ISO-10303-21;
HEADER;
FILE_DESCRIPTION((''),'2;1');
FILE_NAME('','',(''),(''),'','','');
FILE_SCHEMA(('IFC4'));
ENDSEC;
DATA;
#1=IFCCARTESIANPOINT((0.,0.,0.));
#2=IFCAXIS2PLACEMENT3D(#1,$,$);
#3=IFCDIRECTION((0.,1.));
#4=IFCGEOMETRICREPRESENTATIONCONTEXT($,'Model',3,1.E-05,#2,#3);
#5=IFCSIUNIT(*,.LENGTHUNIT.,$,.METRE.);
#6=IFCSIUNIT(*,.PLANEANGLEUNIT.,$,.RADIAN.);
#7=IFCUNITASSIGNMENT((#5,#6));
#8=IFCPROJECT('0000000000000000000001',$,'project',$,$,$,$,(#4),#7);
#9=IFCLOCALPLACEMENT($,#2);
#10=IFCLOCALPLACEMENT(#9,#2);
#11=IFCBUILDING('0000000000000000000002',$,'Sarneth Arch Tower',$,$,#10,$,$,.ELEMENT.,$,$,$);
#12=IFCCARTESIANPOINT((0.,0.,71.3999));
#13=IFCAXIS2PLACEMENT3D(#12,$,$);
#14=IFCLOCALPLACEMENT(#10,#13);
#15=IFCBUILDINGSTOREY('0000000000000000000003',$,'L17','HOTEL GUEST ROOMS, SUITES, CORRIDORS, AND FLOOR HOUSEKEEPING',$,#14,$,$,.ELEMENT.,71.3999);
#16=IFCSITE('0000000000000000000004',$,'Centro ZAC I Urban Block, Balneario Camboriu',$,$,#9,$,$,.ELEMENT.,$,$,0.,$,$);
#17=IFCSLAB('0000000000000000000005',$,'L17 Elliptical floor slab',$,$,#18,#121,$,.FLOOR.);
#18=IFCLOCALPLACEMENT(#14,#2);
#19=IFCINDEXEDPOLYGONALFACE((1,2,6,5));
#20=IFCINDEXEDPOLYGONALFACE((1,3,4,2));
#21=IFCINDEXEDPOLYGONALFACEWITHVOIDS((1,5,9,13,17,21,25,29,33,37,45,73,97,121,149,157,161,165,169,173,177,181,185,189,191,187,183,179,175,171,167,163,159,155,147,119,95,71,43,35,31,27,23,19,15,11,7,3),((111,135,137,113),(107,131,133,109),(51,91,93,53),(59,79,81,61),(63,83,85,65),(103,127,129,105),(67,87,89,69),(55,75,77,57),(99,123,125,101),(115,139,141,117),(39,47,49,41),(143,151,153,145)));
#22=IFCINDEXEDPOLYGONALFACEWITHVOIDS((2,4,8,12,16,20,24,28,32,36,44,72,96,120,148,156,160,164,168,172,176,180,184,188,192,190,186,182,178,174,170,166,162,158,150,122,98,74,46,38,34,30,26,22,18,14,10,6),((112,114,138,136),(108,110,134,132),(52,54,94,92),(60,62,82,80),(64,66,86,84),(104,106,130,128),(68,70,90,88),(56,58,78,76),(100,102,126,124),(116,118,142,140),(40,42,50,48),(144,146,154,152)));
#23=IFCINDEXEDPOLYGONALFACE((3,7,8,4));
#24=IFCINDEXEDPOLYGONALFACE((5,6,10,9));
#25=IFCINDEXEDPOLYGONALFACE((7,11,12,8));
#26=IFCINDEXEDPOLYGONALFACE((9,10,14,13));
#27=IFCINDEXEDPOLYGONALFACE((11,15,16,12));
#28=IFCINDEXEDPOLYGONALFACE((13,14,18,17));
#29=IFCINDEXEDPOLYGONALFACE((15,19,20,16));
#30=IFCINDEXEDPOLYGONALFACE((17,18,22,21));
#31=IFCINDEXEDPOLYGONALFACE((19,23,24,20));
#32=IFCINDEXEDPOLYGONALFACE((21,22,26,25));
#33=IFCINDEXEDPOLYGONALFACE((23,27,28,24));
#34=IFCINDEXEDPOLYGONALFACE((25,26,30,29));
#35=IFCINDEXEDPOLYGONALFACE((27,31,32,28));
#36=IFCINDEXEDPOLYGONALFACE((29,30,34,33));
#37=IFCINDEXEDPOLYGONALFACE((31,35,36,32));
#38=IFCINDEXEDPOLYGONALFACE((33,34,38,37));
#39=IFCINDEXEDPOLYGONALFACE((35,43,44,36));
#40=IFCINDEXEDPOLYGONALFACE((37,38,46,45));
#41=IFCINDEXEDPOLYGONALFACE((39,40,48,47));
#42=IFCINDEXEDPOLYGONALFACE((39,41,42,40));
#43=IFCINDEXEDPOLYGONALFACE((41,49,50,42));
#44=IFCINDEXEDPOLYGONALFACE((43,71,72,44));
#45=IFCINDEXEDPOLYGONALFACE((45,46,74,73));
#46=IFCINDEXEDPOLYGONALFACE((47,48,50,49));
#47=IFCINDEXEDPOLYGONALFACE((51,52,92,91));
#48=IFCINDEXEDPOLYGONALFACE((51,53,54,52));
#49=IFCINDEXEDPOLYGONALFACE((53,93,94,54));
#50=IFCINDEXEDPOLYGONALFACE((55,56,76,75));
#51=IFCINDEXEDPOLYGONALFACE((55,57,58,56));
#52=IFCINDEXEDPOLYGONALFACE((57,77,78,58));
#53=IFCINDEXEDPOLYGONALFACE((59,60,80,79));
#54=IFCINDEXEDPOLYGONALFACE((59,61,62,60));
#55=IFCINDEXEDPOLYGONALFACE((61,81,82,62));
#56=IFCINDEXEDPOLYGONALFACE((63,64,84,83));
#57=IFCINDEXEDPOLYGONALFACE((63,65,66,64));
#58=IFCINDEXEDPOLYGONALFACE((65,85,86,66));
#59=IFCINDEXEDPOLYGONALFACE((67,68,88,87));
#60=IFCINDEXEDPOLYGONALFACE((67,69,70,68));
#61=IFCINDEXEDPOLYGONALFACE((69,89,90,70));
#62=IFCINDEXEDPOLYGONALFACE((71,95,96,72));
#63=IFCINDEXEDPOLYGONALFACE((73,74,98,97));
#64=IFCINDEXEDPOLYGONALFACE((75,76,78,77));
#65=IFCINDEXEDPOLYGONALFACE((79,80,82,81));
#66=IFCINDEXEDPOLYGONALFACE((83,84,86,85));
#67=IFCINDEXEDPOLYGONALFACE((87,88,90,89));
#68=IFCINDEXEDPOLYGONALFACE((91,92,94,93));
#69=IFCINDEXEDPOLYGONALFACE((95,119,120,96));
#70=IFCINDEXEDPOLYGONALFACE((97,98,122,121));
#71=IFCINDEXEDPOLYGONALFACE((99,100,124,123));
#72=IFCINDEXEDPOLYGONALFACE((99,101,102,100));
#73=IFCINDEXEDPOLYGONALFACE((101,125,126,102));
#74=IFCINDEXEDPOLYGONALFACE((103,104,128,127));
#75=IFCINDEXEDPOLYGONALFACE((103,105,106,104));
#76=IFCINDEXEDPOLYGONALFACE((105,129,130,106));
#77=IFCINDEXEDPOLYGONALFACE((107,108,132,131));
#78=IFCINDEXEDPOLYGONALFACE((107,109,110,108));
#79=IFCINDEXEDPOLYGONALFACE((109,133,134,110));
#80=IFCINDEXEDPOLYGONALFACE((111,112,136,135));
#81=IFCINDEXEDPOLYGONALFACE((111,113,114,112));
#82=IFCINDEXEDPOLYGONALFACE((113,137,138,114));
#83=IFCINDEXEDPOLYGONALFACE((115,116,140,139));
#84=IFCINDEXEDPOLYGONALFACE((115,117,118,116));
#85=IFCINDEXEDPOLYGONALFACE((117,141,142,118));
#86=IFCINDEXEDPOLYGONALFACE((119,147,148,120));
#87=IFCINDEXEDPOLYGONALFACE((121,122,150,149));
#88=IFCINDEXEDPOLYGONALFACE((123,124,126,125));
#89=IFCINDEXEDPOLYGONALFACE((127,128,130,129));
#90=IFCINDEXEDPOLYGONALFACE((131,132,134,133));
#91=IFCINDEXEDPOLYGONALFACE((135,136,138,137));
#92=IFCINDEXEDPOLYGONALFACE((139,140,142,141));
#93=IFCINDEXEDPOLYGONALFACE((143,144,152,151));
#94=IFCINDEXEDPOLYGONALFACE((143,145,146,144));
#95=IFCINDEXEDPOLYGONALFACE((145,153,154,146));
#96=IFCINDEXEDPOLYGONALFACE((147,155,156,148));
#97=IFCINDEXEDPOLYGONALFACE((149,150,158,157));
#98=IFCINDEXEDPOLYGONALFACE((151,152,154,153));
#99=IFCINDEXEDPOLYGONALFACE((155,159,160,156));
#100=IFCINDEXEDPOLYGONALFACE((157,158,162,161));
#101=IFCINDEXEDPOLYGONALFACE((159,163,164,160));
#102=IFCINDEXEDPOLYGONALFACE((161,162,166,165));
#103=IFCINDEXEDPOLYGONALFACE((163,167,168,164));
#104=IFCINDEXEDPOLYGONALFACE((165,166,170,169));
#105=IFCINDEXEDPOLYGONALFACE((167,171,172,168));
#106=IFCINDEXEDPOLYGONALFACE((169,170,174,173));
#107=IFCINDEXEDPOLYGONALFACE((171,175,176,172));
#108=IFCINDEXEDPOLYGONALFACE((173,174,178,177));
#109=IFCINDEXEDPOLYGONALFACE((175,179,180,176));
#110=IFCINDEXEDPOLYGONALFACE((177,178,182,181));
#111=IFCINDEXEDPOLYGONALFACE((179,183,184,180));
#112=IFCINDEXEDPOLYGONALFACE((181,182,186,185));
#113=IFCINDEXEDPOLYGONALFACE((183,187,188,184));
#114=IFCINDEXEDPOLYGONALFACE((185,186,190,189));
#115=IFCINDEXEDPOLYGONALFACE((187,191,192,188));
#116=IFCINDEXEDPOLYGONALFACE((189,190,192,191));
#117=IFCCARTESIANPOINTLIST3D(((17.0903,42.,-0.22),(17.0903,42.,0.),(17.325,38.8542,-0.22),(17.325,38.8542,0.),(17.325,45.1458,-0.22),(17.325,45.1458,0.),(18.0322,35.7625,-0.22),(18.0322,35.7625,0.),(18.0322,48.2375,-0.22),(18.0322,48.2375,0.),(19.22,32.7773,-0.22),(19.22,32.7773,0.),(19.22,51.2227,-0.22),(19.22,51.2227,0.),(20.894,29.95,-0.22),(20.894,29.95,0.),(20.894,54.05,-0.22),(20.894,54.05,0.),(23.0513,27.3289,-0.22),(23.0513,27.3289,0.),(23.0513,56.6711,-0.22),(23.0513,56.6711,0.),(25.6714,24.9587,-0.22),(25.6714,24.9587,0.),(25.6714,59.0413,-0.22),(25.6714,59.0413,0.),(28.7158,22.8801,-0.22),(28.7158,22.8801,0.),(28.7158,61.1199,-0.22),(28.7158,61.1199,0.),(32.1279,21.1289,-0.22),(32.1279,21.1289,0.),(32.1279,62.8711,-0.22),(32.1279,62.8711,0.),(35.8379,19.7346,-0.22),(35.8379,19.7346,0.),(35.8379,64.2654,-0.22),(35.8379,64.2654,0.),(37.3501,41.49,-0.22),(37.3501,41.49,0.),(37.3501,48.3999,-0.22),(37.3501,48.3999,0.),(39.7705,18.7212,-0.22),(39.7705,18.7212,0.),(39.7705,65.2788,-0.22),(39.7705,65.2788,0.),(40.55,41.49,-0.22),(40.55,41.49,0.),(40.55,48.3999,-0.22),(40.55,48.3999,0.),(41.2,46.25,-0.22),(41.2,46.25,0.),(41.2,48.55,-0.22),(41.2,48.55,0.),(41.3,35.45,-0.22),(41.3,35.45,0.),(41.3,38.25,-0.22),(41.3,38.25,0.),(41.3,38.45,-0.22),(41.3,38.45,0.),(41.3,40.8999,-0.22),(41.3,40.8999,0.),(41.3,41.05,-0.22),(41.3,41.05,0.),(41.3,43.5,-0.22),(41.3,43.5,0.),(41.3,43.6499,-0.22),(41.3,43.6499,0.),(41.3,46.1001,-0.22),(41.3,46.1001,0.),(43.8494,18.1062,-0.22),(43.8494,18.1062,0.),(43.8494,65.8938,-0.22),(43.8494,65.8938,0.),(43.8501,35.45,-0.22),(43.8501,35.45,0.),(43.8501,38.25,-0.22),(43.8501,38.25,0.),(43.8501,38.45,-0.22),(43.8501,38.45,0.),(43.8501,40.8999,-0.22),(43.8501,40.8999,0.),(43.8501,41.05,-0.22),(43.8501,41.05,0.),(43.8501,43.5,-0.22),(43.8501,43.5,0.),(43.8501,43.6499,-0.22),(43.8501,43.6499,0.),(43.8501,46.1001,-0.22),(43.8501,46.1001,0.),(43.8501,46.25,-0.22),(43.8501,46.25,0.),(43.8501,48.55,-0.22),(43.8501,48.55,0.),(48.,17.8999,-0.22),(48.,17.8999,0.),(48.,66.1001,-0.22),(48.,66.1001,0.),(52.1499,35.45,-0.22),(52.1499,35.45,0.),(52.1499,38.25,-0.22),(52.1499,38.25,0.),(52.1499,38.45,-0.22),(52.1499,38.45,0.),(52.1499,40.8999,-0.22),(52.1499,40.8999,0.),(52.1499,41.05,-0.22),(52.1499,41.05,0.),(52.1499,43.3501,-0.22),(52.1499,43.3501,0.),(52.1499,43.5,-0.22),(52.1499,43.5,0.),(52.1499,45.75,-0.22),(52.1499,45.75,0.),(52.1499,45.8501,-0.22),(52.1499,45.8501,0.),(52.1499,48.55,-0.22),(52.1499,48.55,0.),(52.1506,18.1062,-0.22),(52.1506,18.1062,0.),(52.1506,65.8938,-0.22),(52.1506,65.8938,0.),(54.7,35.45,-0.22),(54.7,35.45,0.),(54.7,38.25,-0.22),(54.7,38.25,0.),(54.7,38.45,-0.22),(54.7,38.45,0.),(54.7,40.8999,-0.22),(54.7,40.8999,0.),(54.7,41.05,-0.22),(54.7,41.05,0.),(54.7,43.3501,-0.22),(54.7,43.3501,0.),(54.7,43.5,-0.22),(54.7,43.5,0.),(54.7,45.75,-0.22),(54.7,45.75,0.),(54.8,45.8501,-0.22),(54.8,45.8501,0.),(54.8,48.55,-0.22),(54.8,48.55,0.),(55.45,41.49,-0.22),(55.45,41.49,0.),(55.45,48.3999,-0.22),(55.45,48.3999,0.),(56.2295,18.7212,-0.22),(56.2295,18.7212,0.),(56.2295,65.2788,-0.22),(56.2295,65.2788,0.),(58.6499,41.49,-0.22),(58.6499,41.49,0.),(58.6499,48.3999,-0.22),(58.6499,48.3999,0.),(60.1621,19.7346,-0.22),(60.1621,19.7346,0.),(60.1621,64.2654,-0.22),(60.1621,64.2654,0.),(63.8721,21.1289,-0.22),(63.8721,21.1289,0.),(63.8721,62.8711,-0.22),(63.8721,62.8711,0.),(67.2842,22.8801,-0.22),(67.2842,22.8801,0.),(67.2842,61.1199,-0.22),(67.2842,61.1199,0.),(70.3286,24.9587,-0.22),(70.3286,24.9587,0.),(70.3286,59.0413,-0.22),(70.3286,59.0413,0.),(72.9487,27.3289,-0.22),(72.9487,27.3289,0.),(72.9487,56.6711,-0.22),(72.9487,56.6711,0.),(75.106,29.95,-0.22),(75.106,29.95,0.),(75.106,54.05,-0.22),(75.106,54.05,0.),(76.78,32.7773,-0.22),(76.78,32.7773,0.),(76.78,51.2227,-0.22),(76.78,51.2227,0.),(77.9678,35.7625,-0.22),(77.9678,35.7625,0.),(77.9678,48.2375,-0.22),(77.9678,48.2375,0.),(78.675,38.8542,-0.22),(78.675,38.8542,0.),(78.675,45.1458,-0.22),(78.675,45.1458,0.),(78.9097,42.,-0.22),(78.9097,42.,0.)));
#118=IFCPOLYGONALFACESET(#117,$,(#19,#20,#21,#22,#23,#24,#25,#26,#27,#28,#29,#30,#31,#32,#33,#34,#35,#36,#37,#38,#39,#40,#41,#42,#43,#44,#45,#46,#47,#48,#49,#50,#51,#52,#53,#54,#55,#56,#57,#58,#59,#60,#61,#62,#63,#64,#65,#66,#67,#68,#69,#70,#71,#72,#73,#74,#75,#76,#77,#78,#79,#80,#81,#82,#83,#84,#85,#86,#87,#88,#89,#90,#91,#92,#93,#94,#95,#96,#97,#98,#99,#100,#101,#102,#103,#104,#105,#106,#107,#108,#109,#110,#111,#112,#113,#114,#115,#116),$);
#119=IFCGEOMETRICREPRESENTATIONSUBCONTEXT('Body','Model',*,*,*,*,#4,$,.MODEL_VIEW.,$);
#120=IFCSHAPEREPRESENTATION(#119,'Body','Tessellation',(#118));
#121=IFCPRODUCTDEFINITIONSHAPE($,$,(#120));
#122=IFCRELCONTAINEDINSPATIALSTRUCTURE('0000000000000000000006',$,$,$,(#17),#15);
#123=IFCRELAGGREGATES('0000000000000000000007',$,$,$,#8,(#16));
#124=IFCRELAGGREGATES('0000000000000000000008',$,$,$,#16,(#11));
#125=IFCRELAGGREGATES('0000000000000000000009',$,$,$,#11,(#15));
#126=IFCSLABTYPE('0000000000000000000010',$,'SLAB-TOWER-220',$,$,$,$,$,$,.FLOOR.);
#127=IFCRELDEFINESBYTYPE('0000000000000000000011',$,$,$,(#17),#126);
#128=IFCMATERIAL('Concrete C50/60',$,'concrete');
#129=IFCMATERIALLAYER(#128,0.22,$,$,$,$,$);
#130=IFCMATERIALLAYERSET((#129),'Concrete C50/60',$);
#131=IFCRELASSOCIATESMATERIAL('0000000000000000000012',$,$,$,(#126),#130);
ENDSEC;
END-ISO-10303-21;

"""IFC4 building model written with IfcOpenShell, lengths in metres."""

from ifc_helpers import new_model, si_unit, direction, frame, origin, place, context, subcontext, project, spatial, polyline, outline, extrude, material, layer, layer_set, type_object, element, save


model = new_model("IFC4")

# Units and contexts
model_context = context("Model", 3, precision=1e-05, world=origin(), true_north=direction((0.0, 1.0)))
body_context = subcontext(model_context, "Body", "Model", "MODEL_VIEW")
ifc_project = project(units=[si_unit("LENGTHUNIT", "METRE"), si_unit("PLANEANGLEUNIT", "RADIAN")], contexts=[model_context])

# Site, building, storey
site_placement = place(None, origin())
site = spatial("IfcSite", under=ifc_project, at=site_placement, Name="Centro ZAC I Urban Block, Balneario Camboriu", CompositionType="ELEMENT", RefElevation=0.0)
building_placement = place(site_placement, origin())
building = spatial("IfcBuilding", under=site, at=building_placement, Name="Sarneth Arch Tower", CompositionType="ELEMENT")
storey_placement = place(building_placement, frame((0.0, 0.0, 71.3999)))
storey = spatial("IfcBuildingStorey", under=building, at=storey_placement, Name="L17", Description="HOTEL GUEST ROOMS, SUITES, CORRIDORS, AND FLOOR HOUSEKEEPING", CompositionType="ELEMENT", Elevation=71.3999)

# Slab
ifc_material_1 = material(Name="Concrete C50/60", Category="concrete")
ifc_layer_1 = layer(ifc_material_1, 0.22)
ifc_layer_set_1 = layer_set([ifc_layer_1], Name="Concrete C50/60")
slab_type_1 = type_object("IfcSlabType", Name="SLAB-TOWER-220", PredefinedType="FLOOR", material=ifc_layer_set_1)
slab_1_placement = place(storey_placement, frame((0.0, 0.0, -0.22)))
element("IfcSlab", 1, at=slab_1_placement, inside=storey, type_object=slab_type_1, Name="L17 Elliptical floor slab", PredefinedType="FLOOR", context=body_context, shape_type="SweptSolid", body=[
    extrude(outline(polyline([(78.9097, 42.0), (78.675, 45.1458), (77.9678, 48.2375), (76.78, 51.2227), (75.106, 54.05), (72.9487, 56.6711), (70.3286, 59.0413), (67.2842, 61.1199), (63.8721, 62.8711), (60.1621, 64.2654), (56.2295, 65.2788), (52.1506, 65.8938), (48.0, 66.1001), (43.8494, 65.8938), (39.7705, 65.2788), (35.8379, 64.2654), (32.1279, 62.8711), (28.7158, 61.1199), (25.6714, 59.0413), (23.0513, 56.6711), (20.894, 54.05), (19.22, 51.2227), (18.0322, 48.2375), (17.325, 45.1458), (17.0903, 42.0), (17.325, 38.8542), (18.0322, 35.7625), (19.22, 32.7773), (20.894, 29.95), (23.0513, 27.3289), (25.6714, 24.9587), (28.7158, 22.8801), (32.1279, 21.1289), (35.8379, 19.7346), (39.7705, 18.7212), (43.8494, 18.1062), (48.0, 17.8999), (52.1506, 18.1062), (56.2295, 18.7212), (60.1621, 19.7346), (63.8721, 21.1289), (67.2842, 22.8801), (70.3286, 24.9587), (72.9487, 27.3289), (75.106, 29.95), (76.78, 32.7773), (77.9678, 35.7625), (78.675, 38.8542), (78.9097, 42.0)]), holes=[polyline([(37.3501, 41.49), (40.55, 41.49), (40.55, 48.3999), (37.3501, 48.3999), (37.3501, 41.49)]), polyline([(55.45, 41.49), (58.6499, 41.49), (58.6499, 48.3999), (55.45, 48.3999), (55.45, 41.49)]), polyline([(41.2, 46.25), (43.8501, 46.25), (43.8501, 48.55), (41.2, 48.55), (41.2, 46.25)]), polyline([(41.3, 35.45), (43.8501, 35.45), (43.8501, 38.25), (41.3, 38.25), (41.3, 35.45)]), polyline([(52.1499, 35.45), (54.7, 35.45), (54.7, 38.25), (52.1499, 38.25), (52.1499, 35.45)]), polyline([(52.1499, 45.8501), (54.8, 45.8501), (54.8, 48.55), (52.1499, 48.55), (52.1499, 45.8501)]), polyline([(41.3, 38.45), (43.8501, 38.45), (43.8501, 40.8999), (41.3, 40.8999), (41.3, 38.45)]), polyline([(41.3, 41.05), (43.8501, 41.05), (43.8501, 43.5), (41.3, 43.5), (41.3, 41.05)]), polyline([(41.3, 43.6499), (43.8501, 43.6499), (43.8501, 46.1001), (41.3, 46.1001), (41.3, 43.6499)]), polyline([(52.1499, 38.45), (54.7, 38.45), (54.7, 40.8999), (52.1499, 40.8999), (52.1499, 38.45)]), polyline([(52.1499, 41.05), (54.7, 41.05), (54.7, 43.3501), (52.1499, 43.3501), (52.1499, 41.05)]), polyline([(52.1499, 43.5), (54.7, 43.5), (54.7, 45.75), (52.1499, 45.75), (52.1499, 43.5)])]), origin(), (0.0, 0.0, 1.0), 0.22),
])

save(model, "model.ifc")
